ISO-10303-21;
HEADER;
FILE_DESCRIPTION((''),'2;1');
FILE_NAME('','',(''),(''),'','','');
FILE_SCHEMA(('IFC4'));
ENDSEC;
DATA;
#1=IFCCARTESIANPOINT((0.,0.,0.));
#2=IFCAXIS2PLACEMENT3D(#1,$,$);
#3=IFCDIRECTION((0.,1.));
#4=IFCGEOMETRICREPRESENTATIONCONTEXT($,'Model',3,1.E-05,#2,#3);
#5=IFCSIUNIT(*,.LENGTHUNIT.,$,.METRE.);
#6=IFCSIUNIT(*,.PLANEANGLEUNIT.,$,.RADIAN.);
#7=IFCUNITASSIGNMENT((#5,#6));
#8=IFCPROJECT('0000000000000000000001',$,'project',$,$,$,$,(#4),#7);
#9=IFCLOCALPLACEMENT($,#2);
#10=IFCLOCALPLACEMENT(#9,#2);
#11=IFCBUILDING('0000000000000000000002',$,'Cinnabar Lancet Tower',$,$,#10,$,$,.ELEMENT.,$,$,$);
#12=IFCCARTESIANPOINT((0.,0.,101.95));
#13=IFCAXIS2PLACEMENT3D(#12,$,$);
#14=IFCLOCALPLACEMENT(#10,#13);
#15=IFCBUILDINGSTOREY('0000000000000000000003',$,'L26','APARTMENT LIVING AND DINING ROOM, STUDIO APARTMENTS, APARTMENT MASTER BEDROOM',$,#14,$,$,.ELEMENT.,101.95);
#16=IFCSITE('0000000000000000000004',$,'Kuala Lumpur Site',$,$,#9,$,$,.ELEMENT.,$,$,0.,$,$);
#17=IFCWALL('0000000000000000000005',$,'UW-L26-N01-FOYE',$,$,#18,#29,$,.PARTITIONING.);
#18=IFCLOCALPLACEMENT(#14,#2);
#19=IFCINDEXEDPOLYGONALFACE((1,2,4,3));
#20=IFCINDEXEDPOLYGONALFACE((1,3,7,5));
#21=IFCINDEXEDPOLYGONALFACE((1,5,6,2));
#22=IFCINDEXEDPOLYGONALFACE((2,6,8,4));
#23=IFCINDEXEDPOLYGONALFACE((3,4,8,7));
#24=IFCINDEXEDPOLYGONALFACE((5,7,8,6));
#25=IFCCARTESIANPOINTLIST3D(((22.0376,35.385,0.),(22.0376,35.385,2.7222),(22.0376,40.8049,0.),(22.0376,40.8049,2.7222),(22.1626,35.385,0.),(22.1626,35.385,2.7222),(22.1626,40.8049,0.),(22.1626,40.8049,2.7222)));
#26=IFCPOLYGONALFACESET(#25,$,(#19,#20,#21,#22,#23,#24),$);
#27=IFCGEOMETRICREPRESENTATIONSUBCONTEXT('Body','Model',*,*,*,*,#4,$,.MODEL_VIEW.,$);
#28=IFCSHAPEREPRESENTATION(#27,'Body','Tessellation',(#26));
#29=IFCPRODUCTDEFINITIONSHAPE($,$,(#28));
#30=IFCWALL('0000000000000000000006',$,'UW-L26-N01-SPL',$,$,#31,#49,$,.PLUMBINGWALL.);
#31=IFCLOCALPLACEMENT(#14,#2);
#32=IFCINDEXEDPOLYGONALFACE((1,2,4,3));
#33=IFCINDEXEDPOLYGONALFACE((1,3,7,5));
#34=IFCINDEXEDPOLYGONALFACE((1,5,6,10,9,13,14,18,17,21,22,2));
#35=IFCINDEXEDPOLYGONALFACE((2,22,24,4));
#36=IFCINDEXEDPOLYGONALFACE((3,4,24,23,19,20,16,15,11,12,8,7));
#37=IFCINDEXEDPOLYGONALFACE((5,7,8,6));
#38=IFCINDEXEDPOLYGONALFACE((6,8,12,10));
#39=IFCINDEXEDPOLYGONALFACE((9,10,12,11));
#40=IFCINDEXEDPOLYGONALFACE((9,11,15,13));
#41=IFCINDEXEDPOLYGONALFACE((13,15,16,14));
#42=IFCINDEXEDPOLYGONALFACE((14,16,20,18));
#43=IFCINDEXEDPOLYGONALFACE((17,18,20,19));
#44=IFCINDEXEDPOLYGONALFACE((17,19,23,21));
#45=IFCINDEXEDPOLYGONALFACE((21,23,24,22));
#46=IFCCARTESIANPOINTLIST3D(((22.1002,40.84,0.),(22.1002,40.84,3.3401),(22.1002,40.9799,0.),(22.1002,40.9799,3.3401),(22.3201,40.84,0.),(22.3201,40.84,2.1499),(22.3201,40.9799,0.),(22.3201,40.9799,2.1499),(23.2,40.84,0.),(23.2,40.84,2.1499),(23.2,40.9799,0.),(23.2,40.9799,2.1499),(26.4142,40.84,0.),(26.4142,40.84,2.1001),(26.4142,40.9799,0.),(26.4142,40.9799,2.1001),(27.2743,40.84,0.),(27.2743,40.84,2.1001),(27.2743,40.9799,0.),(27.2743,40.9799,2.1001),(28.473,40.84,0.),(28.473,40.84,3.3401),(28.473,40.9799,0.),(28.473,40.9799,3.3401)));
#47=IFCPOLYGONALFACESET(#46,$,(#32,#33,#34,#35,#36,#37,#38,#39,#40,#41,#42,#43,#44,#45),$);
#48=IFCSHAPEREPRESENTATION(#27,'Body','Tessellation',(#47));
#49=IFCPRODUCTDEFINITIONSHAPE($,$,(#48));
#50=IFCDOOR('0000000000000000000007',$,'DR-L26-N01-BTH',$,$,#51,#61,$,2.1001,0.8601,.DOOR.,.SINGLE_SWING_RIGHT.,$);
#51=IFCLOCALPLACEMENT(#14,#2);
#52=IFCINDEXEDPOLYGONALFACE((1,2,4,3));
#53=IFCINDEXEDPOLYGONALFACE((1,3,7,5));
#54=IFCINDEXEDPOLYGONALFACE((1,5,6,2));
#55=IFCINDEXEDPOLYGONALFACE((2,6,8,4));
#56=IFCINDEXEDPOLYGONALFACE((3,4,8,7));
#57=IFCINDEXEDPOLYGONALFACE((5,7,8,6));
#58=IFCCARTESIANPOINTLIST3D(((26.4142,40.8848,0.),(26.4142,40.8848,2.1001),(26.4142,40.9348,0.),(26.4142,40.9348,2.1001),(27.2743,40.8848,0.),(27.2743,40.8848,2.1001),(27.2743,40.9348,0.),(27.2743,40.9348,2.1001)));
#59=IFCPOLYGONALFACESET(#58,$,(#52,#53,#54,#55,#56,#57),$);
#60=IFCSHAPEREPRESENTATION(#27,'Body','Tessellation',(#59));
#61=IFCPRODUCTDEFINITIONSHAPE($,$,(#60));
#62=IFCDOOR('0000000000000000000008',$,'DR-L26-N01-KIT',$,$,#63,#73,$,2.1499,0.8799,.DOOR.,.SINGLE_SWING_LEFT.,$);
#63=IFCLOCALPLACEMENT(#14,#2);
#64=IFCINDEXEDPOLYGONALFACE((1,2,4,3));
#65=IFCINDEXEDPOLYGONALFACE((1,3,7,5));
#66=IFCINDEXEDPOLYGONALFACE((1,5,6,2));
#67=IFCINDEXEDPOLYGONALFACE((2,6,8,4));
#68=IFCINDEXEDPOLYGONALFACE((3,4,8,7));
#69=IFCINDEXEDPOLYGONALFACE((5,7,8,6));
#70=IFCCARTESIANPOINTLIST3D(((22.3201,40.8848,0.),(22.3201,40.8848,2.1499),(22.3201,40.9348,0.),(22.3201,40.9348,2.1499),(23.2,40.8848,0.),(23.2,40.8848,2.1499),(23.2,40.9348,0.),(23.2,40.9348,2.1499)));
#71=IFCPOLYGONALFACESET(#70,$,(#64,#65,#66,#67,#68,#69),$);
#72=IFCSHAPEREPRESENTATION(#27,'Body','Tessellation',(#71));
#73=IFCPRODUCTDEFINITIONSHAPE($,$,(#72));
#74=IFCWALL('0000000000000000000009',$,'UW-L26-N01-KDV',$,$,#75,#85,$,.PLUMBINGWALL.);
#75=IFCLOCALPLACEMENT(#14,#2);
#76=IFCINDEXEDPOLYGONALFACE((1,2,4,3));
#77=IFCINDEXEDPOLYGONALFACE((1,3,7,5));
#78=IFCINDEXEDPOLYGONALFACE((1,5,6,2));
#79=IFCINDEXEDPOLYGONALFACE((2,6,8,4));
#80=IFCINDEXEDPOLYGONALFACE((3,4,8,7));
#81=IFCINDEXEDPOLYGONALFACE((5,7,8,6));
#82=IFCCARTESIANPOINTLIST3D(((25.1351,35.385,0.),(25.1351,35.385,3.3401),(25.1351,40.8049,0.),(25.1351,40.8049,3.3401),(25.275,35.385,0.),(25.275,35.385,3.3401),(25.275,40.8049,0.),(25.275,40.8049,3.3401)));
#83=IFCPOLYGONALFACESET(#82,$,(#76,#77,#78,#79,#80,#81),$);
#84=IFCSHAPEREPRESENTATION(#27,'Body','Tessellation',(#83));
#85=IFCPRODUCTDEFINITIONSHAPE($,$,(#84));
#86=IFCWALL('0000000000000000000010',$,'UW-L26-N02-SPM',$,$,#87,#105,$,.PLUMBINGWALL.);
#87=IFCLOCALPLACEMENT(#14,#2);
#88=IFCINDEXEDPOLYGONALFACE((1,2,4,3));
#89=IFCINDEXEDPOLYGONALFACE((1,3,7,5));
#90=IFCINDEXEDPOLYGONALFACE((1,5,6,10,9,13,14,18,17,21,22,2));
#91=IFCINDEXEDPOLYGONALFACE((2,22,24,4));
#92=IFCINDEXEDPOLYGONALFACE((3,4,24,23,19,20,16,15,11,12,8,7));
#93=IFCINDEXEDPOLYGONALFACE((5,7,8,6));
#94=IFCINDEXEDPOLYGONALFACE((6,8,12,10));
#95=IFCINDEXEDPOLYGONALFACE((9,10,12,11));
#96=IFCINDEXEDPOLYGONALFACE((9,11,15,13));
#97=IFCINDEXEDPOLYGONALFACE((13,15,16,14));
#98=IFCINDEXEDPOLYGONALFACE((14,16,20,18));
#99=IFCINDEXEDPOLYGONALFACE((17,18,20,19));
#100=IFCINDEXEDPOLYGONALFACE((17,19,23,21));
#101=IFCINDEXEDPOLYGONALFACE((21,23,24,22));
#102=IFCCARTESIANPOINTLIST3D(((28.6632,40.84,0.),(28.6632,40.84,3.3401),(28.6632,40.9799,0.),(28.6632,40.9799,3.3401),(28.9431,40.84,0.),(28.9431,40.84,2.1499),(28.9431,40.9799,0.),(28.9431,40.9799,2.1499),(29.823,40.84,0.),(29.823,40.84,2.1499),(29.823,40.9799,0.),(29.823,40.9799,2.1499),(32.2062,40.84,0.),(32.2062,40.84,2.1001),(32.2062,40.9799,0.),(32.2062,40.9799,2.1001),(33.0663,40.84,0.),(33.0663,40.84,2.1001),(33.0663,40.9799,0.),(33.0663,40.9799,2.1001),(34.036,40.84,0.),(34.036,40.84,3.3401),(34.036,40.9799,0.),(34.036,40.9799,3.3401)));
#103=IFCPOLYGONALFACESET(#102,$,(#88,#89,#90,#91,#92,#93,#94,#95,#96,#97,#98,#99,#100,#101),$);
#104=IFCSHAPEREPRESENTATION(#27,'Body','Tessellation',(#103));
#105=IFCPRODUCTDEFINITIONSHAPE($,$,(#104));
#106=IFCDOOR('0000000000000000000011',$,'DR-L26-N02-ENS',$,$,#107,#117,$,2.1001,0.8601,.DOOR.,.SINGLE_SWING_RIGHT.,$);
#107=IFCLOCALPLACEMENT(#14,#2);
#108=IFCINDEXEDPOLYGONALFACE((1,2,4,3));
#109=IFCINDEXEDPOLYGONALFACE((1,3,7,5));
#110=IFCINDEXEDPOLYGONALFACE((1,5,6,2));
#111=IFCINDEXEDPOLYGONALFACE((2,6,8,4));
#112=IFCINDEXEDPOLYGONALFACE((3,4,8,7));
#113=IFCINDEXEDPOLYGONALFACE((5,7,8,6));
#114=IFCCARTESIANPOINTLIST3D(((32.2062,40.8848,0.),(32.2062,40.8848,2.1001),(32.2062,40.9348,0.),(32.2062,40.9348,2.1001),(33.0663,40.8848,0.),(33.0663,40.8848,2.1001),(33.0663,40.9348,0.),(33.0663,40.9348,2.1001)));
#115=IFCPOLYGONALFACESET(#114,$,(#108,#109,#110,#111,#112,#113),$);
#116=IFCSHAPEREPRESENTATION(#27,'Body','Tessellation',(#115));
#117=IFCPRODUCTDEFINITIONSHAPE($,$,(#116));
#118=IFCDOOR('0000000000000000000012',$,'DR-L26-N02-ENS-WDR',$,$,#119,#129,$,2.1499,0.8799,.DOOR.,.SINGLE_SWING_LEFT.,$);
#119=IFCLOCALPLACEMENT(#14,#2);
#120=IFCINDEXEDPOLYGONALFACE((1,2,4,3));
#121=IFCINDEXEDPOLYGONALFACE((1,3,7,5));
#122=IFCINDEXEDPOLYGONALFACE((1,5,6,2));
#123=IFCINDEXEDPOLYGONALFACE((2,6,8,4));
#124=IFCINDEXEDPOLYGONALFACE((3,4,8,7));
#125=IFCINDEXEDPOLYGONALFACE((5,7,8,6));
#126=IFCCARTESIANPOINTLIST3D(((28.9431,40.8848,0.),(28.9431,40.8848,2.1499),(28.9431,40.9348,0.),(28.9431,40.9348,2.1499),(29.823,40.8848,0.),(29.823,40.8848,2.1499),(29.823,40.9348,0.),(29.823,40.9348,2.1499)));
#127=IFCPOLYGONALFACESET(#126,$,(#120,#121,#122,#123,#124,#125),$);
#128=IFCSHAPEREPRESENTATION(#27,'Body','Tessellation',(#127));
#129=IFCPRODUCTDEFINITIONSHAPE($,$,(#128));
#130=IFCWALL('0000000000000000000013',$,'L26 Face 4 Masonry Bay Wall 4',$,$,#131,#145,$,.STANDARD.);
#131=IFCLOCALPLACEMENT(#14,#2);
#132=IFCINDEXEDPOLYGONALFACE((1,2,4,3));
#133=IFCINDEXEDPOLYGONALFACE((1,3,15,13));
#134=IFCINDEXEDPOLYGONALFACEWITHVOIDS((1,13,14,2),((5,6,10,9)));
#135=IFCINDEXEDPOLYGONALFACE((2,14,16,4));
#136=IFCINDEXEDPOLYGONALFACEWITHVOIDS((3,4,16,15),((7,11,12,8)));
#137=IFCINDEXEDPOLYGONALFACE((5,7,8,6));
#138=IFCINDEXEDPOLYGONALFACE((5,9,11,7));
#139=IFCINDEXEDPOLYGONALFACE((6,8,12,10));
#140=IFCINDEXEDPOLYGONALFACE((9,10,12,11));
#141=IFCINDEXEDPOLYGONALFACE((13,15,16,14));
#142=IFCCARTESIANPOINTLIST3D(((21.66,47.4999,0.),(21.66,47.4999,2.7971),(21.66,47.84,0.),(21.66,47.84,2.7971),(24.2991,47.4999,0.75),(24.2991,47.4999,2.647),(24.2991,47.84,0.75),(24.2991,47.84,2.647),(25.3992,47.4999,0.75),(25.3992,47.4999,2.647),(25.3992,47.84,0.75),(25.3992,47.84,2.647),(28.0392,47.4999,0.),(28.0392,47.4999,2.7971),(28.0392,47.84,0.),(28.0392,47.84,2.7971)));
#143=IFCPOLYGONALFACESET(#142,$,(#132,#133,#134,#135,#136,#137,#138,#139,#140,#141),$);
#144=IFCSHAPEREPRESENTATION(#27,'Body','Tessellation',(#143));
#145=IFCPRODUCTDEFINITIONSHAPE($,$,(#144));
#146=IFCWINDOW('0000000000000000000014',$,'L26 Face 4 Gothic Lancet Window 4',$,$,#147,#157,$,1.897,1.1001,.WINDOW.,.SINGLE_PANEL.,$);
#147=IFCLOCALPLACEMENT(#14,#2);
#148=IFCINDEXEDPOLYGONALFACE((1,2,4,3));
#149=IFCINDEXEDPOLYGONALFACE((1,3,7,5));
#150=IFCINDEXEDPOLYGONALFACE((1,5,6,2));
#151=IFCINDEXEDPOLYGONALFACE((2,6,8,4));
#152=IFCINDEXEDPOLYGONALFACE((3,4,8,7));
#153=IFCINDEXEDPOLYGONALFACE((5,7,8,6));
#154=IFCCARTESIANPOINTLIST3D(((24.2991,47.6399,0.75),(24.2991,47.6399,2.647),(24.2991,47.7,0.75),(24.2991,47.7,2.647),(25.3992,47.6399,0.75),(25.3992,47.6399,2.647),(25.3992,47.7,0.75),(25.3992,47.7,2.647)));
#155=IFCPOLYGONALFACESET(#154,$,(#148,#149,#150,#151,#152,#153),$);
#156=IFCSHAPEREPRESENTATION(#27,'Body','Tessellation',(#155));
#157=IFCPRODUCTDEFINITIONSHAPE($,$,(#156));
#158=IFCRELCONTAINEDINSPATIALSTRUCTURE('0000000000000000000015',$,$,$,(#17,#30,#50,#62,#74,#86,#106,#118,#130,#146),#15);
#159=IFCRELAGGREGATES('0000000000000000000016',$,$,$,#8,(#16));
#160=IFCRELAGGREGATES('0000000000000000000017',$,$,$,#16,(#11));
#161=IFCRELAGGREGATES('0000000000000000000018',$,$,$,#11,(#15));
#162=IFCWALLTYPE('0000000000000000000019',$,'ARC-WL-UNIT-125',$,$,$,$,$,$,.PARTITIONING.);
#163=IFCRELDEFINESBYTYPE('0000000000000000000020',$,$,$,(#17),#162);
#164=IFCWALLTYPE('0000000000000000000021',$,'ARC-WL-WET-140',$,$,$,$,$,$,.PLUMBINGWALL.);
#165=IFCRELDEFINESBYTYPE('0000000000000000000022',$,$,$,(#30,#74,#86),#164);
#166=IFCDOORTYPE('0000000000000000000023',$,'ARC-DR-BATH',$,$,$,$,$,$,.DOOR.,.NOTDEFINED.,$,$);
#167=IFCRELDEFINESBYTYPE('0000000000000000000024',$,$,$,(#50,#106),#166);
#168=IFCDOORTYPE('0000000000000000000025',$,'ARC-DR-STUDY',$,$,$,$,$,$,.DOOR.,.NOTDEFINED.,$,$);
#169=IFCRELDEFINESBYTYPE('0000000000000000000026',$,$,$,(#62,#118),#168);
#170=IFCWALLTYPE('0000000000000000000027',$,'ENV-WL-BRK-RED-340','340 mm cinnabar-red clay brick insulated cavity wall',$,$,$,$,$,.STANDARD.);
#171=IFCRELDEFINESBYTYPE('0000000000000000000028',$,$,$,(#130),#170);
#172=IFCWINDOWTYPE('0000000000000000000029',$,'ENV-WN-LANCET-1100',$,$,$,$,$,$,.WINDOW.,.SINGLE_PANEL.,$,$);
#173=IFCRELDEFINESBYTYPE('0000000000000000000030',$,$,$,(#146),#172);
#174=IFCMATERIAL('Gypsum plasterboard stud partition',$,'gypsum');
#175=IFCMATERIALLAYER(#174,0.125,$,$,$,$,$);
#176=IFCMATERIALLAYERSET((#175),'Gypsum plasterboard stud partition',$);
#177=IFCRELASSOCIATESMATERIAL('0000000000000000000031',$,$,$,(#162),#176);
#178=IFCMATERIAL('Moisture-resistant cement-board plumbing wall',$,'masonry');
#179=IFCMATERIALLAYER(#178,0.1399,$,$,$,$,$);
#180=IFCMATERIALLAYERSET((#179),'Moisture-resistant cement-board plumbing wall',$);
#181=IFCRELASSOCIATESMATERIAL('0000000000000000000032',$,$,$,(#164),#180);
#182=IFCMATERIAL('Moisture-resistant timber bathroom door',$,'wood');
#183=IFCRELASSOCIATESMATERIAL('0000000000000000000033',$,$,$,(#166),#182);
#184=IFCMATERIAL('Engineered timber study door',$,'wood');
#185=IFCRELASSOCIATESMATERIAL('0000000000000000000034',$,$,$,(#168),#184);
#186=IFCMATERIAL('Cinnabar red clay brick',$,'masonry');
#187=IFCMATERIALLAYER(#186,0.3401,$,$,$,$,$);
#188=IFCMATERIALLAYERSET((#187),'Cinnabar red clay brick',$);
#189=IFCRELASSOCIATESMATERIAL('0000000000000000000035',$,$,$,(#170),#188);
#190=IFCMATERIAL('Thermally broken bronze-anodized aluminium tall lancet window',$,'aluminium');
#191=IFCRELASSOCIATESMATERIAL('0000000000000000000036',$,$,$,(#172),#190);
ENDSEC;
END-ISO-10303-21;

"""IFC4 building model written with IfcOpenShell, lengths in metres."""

from ifc_helpers import new_model, si_unit, direction, frame, frame_2d, origin, place, context, subcontext, project, spatial, rectangle, extrude, material, layer, layer_set, type_object, element, fill, save


model = new_model("IFC4")

# Units and contexts
model_context = context("Model", 3, precision=1e-05, world=origin(), true_north=direction((0.0, 1.0)))
body_context = subcontext(model_context, "Body", "Model", "MODEL_VIEW")
ifc_project = project(units=[si_unit("LENGTHUNIT", "METRE"), si_unit("PLANEANGLEUNIT", "RADIAN")], contexts=[model_context])

# Site, building, storey
site_placement = place(None, origin())
site = spatial("IfcSite", under=ifc_project, at=site_placement, Name="Kuala Lumpur Site", CompositionType="ELEMENT", RefElevation=0.0)
building_placement = place(site_placement, origin())
building = spatial("IfcBuilding", under=site, at=building_placement, Name="Cinnabar Lancet Tower", CompositionType="ELEMENT")
storey_placement = place(building_placement, frame((0.0, 0.0, 101.95)))
storey = spatial("IfcBuildingStorey", under=building, at=storey_placement, Name="L26", Description="APARTMENT LIVING AND DINING ROOM, STUDIO APARTMENTS, APARTMENT MASTER BEDROOM", CompositionType="ELEMENT", Elevation=101.95)

# Wall
ifc_material_1 = material(Name="Gypsum plasterboard stud partition", Category="gypsum")
ifc_layer_1 = layer(ifc_material_1, 0.125)
ifc_layer_set_1 = layer_set([ifc_layer_1], Name="Gypsum plasterboard stud partition")
wall_type_1 = type_object("IfcWallType", Name="ARC-WL-UNIT-125", PredefinedType="PARTITIONING", material=ifc_layer_set_1)
wall_1_placement = place(storey_placement, frame((22.1001, 35.385, 0.0), z_axis=(0.0, 0.0, 1.0), x_axis=(0.0, 1.0, 0.0)))
element("IfcWall", 1, at=wall_1_placement, inside=storey, type_object=wall_type_1, Name="UW-L26-N01-FOYE", PredefinedType="PARTITIONING", context=body_context, shape_type="SweptSolid", body=[
    extrude(rectangle(XDim=5.4199, YDim=0.125, at=frame_2d((2.71, 0.0))), origin(), (0.0, 0.0, 1.0), 2.7222),
])

# Wall, openings, doors
ifc_material_2 = material(Name="Moisture-resistant cement-board plumbing wall", Category="masonry")
ifc_layer_2 = layer(ifc_material_2, 0.1399)
ifc_layer_set_2 = layer_set([ifc_layer_2], Name="Moisture-resistant cement-board plumbing wall")
wall_type_2 = type_object("IfcWallType", Name="ARC-WL-WET-140", PredefinedType="PLUMBINGWALL", material=ifc_layer_set_2)
wall_2_placement = place(storey_placement, frame((22.1001, 40.9099, 0.0), z_axis=(0.0, 0.0, 1.0), x_axis=(1.0, 0.0, 0.0)))
wall_2 = element("IfcWall", 2, at=wall_2_placement, inside=storey, type_object=wall_type_2, Name="UW-L26-N01-SPL", PredefinedType="PLUMBINGWALL", context=body_context, shape_type="SweptSolid", body=[
    extrude(rectangle(XDim=6.3728, YDim=0.1399, at=frame_2d((3.1865, 0.0))), origin(), (0.0, 0.0, 1.0), 3.3401),
])
opening_1_placement = place(wall_2_placement, frame((4.314, 0.0, 0.0)))
opening_1 = element("IfcOpeningElement", 3, at=opening_1_placement, cuts=wall_2, PredefinedType="OPENING", context=body_context, shape_type="SweptSolid", body=[
    extrude(rectangle(XDim=0.8601, YDim=2.1001, at=frame_2d((0.4302, 1.05))), frame((0.0, 0.0798, 0.0), z_axis=(0.0, -1.0, 0.0), x_axis=(1.0, 0.0, 0.0)), (0.0, 0.0, 1.0), 0.1599),
])
opening_2_placement = place(wall_2_placement, frame((0.22, 0.0, 0.0)))
opening_2 = element("IfcOpeningElement", 4, at=opening_2_placement, cuts=wall_2, PredefinedType="OPENING", context=body_context, shape_type="SweptSolid", body=[
    extrude(rectangle(XDim=0.8799, YDim=2.1499, at=frame_2d((0.4399, 1.075))), frame((0.0, 0.0798, 0.0), z_axis=(0.0, -1.0, 0.0), x_axis=(1.0, 0.0, 0.0)), (0.0, 0.0, 1.0), 0.1599),
])
ifc_material_3 = material(Name="Moisture-resistant timber bathroom door", Category="wood")
door_type_1 = type_object("IfcDoorType", Name="ARC-DR-BATH", OperationType="NOTDEFINED", PredefinedType="DOOR", material=ifc_material_3)
door_1_placement = place(opening_1_placement, origin())
door_1 = element("IfcDoor", 5, at=door_1_placement, inside=storey, type_object=door_type_1, Name="DR-L26-N01-BTH", OperationType="SINGLE_SWING_RIGHT", OverallHeight=2.1001, OverallWidth=0.8601, PredefinedType="DOOR", context=body_context, shape_type="SweptSolid", body=[
    extrude(rectangle(XDim=0.8601, YDim=2.1001, at=frame_2d((0.4302, 1.05))), frame((0.0, 0.0249, 0.0), z_axis=(0.0, -1.0, 0.0), x_axis=(1.0, 0.0, 0.0)), (0.0, 0.0, 1.0), 0.05),
])
fill(opening_1, door_1)
ifc_material_4 = material(Name="Engineered timber study door", Category="wood")
door_type_2 = type_object("IfcDoorType", Name="ARC-DR-STUDY", OperationType="NOTDEFINED", PredefinedType="DOOR", material=ifc_material_4)
door_2_placement = place(opening_2_placement, origin())
door_2 = element("IfcDoor", 6, at=door_2_placement, inside=storey, type_object=door_type_2, Name="DR-L26-N01-KIT", OperationType="SINGLE_SWING_LEFT", OverallHeight=2.1499, OverallWidth=0.8799, PredefinedType="DOOR", context=body_context, shape_type="SweptSolid", body=[
    extrude(rectangle(XDim=0.8799, YDim=2.1499, at=frame_2d((0.4399, 1.075))), frame((0.0, 0.0249, 0.0), z_axis=(0.0, -1.0, 0.0), x_axis=(1.0, 0.0, 0.0)), (0.0, 0.0, 1.0), 0.05),
])
fill(opening_2, door_2)

# Wall
wall_3_placement = place(storey_placement, frame((25.2051, 35.385, 0.0), z_axis=(0.0, 0.0, 1.0), x_axis=(0.0, 1.0, 0.0)))
element("IfcWall", 7, at=wall_3_placement, inside=storey, type_object=wall_type_2, Name="UW-L26-N01-KDV", PredefinedType="PLUMBINGWALL", context=body_context, shape_type="SweptSolid", body=[
    extrude(rectangle(XDim=5.4199, YDim=0.1399, at=frame_2d((2.71, 0.0))), origin(), (0.0, 0.0, 1.0), 3.3401),
])

# Wall, openings, doors
wall_4_placement = place(storey_placement, frame((28.6631, 40.9099, 0.0), z_axis=(0.0, 0.0, 1.0), x_axis=(1.0, 0.0, 0.0)))
wall_4 = element("IfcWall", 8, at=wall_4_placement, inside=storey, type_object=wall_type_2, Name="UW-L26-N02-SPM", PredefinedType="PLUMBINGWALL", context=body_context, shape_type="SweptSolid", body=[
    extrude(rectangle(XDim=5.3728, YDim=0.1399, at=frame_2d((2.6865, 0.0))), origin(), (0.0, 0.0, 1.0), 3.3401),
])
opening_3_placement = place(wall_4_placement, frame((0.28, 0.0, 0.0)))
opening_3 = element("IfcOpeningElement", 9, at=opening_3_placement, cuts=wall_4, PredefinedType="OPENING", context=body_context, shape_type="SweptSolid", body=[
    extrude(rectangle(XDim=0.8799, YDim=2.1499, at=frame_2d((0.4399, 1.075))), frame((0.0, 0.0798, 0.0), z_axis=(0.0, -1.0, 0.0), x_axis=(1.0, 0.0, 0.0)), (0.0, 0.0, 1.0), 0.1599),
])
opening_4_placement = place(wall_4_placement, frame((3.543, 0.0, 0.0)))
opening_4 = element("IfcOpeningElement", 10, at=opening_4_placement, cuts=wall_4, PredefinedType="OPENING", context=body_context, shape_type="SweptSolid", body=[
    extrude(rectangle(XDim=0.8601, YDim=2.1001, at=frame_2d((0.4302, 1.05))), frame((0.0, 0.0798, 0.0), z_axis=(0.0, -1.0, 0.0), x_axis=(1.0, 0.0, 0.0)), (0.0, 0.0, 1.0), 0.1599),
])
door_3_placement = place(opening_4_placement, origin())
door_3 = element("IfcDoor", 11, at=door_3_placement, inside=storey, type_object=door_type_1, Name="DR-L26-N02-ENS", OperationType="SINGLE_SWING_RIGHT", OverallHeight=2.1001, OverallWidth=0.8601, PredefinedType="DOOR", context=body_context, shape_type="SweptSolid", body=[
    extrude(rectangle(XDim=0.8601, YDim=2.1001, at=frame_2d((0.4302, 1.05))), frame((0.0, 0.0249, 0.0), z_axis=(0.0, -1.0, 0.0), x_axis=(1.0, 0.0, 0.0)), (0.0, 0.0, 1.0), 0.05),
])
fill(opening_4, door_3)
door_4_placement = place(opening_3_placement, origin())
door_4 = element("IfcDoor", 12, at=door_4_placement, inside=storey, type_object=door_type_2, Name="DR-L26-N02-ENS-WDR", OperationType="SINGLE_SWING_LEFT", OverallHeight=2.1499, OverallWidth=0.8799, PredefinedType="DOOR", context=body_context, shape_type="SweptSolid", body=[
    extrude(rectangle(XDim=0.8799, YDim=2.1499, at=frame_2d((0.4399, 1.075))), frame((0.0, 0.0249, 0.0), z_axis=(0.0, -1.0, 0.0), x_axis=(1.0, 0.0, 0.0)), (0.0, 0.0, 1.0), 0.05),
])
fill(opening_3, door_4)

# Wall, opening, window
ifc_material_5 = material(Name="Cinnabar red clay brick", Category="masonry")
ifc_layer_3 = layer(ifc_material_5, 0.3401)
ifc_layer_set_3 = layer_set([ifc_layer_3], Name="Cinnabar red clay brick")
wall_type_3 = type_object("IfcWallType", Name="ENV-WL-BRK-RED-340", Description="340 mm cinnabar-red clay brick insulated cavity wall", PredefinedType="STANDARD", material=ifc_layer_set_3)
wall_5_placement = place(storey_placement, frame((28.0391, 47.6699, 0.0), z_axis=(0.0, 0.0, 1.0), x_axis=(-1.0, 0.0, 0.0)))
wall_5 = element("IfcWall", 13, at=wall_5_placement, inside=storey, type_object=wall_type_3, Name="L26 Face 4 Masonry Bay Wall 4", PredefinedType="STANDARD", context=body_context, shape_type="SweptSolid", body=[
    extrude(rectangle(XDim=6.3792, YDim=0.3401, at=frame_2d((3.1895, 0.0))), origin(), (0.0, 0.0, 1.0), 2.7971),
])
opening_5_placement = place(wall_5_placement, frame((2.6399, 0.0, 0.75)))
opening_5 = element("IfcOpeningElement", 14, at=opening_5_placement, cuts=wall_5, PredefinedType="OPENING", context=body_context, shape_type="SweptSolid", body=[
    extrude(rectangle(XDim=1.1001, YDim=1.897, at=frame_2d((0.55, 0.9485))), frame((0.0, 0.1799, 0.0), z_axis=(0.0, -1.0, 0.0), x_axis=(1.0, 0.0, 0.0)), (0.0, 0.0, 1.0), 0.3601),
])
ifc_material_6 = material(Name="Thermally broken bronze-anodized aluminium tall lancet window", Category="aluminium")
window_type = type_object("IfcWindowType", Name="ENV-WN-LANCET-1100", PartitioningType="SINGLE_PANEL", PredefinedType="WINDOW", material=ifc_material_6)
window_placement = place(opening_5_placement, origin())
window = element("IfcWindow", 15, at=window_placement, inside=storey, type_object=window_type, Name="L26 Face 4 Gothic Lancet Window 4", OverallHeight=1.897, OverallWidth=1.1001, PartitioningType="SINGLE_PANEL", PredefinedType="WINDOW", context=body_context, shape_type="SweptSolid", body=[
    extrude(rectangle(XDim=1.1001, YDim=1.897, at=frame_2d((0.55, 0.9485))), frame((0.0, 0.03, 0.0), z_axis=(0.0, -1.0, 0.0), x_axis=(1.0, 0.0, 0.0)), (0.0, 0.0, 1.0), 0.0601),
])
fill(opening_5, window)

save(model, "model.ifc")
